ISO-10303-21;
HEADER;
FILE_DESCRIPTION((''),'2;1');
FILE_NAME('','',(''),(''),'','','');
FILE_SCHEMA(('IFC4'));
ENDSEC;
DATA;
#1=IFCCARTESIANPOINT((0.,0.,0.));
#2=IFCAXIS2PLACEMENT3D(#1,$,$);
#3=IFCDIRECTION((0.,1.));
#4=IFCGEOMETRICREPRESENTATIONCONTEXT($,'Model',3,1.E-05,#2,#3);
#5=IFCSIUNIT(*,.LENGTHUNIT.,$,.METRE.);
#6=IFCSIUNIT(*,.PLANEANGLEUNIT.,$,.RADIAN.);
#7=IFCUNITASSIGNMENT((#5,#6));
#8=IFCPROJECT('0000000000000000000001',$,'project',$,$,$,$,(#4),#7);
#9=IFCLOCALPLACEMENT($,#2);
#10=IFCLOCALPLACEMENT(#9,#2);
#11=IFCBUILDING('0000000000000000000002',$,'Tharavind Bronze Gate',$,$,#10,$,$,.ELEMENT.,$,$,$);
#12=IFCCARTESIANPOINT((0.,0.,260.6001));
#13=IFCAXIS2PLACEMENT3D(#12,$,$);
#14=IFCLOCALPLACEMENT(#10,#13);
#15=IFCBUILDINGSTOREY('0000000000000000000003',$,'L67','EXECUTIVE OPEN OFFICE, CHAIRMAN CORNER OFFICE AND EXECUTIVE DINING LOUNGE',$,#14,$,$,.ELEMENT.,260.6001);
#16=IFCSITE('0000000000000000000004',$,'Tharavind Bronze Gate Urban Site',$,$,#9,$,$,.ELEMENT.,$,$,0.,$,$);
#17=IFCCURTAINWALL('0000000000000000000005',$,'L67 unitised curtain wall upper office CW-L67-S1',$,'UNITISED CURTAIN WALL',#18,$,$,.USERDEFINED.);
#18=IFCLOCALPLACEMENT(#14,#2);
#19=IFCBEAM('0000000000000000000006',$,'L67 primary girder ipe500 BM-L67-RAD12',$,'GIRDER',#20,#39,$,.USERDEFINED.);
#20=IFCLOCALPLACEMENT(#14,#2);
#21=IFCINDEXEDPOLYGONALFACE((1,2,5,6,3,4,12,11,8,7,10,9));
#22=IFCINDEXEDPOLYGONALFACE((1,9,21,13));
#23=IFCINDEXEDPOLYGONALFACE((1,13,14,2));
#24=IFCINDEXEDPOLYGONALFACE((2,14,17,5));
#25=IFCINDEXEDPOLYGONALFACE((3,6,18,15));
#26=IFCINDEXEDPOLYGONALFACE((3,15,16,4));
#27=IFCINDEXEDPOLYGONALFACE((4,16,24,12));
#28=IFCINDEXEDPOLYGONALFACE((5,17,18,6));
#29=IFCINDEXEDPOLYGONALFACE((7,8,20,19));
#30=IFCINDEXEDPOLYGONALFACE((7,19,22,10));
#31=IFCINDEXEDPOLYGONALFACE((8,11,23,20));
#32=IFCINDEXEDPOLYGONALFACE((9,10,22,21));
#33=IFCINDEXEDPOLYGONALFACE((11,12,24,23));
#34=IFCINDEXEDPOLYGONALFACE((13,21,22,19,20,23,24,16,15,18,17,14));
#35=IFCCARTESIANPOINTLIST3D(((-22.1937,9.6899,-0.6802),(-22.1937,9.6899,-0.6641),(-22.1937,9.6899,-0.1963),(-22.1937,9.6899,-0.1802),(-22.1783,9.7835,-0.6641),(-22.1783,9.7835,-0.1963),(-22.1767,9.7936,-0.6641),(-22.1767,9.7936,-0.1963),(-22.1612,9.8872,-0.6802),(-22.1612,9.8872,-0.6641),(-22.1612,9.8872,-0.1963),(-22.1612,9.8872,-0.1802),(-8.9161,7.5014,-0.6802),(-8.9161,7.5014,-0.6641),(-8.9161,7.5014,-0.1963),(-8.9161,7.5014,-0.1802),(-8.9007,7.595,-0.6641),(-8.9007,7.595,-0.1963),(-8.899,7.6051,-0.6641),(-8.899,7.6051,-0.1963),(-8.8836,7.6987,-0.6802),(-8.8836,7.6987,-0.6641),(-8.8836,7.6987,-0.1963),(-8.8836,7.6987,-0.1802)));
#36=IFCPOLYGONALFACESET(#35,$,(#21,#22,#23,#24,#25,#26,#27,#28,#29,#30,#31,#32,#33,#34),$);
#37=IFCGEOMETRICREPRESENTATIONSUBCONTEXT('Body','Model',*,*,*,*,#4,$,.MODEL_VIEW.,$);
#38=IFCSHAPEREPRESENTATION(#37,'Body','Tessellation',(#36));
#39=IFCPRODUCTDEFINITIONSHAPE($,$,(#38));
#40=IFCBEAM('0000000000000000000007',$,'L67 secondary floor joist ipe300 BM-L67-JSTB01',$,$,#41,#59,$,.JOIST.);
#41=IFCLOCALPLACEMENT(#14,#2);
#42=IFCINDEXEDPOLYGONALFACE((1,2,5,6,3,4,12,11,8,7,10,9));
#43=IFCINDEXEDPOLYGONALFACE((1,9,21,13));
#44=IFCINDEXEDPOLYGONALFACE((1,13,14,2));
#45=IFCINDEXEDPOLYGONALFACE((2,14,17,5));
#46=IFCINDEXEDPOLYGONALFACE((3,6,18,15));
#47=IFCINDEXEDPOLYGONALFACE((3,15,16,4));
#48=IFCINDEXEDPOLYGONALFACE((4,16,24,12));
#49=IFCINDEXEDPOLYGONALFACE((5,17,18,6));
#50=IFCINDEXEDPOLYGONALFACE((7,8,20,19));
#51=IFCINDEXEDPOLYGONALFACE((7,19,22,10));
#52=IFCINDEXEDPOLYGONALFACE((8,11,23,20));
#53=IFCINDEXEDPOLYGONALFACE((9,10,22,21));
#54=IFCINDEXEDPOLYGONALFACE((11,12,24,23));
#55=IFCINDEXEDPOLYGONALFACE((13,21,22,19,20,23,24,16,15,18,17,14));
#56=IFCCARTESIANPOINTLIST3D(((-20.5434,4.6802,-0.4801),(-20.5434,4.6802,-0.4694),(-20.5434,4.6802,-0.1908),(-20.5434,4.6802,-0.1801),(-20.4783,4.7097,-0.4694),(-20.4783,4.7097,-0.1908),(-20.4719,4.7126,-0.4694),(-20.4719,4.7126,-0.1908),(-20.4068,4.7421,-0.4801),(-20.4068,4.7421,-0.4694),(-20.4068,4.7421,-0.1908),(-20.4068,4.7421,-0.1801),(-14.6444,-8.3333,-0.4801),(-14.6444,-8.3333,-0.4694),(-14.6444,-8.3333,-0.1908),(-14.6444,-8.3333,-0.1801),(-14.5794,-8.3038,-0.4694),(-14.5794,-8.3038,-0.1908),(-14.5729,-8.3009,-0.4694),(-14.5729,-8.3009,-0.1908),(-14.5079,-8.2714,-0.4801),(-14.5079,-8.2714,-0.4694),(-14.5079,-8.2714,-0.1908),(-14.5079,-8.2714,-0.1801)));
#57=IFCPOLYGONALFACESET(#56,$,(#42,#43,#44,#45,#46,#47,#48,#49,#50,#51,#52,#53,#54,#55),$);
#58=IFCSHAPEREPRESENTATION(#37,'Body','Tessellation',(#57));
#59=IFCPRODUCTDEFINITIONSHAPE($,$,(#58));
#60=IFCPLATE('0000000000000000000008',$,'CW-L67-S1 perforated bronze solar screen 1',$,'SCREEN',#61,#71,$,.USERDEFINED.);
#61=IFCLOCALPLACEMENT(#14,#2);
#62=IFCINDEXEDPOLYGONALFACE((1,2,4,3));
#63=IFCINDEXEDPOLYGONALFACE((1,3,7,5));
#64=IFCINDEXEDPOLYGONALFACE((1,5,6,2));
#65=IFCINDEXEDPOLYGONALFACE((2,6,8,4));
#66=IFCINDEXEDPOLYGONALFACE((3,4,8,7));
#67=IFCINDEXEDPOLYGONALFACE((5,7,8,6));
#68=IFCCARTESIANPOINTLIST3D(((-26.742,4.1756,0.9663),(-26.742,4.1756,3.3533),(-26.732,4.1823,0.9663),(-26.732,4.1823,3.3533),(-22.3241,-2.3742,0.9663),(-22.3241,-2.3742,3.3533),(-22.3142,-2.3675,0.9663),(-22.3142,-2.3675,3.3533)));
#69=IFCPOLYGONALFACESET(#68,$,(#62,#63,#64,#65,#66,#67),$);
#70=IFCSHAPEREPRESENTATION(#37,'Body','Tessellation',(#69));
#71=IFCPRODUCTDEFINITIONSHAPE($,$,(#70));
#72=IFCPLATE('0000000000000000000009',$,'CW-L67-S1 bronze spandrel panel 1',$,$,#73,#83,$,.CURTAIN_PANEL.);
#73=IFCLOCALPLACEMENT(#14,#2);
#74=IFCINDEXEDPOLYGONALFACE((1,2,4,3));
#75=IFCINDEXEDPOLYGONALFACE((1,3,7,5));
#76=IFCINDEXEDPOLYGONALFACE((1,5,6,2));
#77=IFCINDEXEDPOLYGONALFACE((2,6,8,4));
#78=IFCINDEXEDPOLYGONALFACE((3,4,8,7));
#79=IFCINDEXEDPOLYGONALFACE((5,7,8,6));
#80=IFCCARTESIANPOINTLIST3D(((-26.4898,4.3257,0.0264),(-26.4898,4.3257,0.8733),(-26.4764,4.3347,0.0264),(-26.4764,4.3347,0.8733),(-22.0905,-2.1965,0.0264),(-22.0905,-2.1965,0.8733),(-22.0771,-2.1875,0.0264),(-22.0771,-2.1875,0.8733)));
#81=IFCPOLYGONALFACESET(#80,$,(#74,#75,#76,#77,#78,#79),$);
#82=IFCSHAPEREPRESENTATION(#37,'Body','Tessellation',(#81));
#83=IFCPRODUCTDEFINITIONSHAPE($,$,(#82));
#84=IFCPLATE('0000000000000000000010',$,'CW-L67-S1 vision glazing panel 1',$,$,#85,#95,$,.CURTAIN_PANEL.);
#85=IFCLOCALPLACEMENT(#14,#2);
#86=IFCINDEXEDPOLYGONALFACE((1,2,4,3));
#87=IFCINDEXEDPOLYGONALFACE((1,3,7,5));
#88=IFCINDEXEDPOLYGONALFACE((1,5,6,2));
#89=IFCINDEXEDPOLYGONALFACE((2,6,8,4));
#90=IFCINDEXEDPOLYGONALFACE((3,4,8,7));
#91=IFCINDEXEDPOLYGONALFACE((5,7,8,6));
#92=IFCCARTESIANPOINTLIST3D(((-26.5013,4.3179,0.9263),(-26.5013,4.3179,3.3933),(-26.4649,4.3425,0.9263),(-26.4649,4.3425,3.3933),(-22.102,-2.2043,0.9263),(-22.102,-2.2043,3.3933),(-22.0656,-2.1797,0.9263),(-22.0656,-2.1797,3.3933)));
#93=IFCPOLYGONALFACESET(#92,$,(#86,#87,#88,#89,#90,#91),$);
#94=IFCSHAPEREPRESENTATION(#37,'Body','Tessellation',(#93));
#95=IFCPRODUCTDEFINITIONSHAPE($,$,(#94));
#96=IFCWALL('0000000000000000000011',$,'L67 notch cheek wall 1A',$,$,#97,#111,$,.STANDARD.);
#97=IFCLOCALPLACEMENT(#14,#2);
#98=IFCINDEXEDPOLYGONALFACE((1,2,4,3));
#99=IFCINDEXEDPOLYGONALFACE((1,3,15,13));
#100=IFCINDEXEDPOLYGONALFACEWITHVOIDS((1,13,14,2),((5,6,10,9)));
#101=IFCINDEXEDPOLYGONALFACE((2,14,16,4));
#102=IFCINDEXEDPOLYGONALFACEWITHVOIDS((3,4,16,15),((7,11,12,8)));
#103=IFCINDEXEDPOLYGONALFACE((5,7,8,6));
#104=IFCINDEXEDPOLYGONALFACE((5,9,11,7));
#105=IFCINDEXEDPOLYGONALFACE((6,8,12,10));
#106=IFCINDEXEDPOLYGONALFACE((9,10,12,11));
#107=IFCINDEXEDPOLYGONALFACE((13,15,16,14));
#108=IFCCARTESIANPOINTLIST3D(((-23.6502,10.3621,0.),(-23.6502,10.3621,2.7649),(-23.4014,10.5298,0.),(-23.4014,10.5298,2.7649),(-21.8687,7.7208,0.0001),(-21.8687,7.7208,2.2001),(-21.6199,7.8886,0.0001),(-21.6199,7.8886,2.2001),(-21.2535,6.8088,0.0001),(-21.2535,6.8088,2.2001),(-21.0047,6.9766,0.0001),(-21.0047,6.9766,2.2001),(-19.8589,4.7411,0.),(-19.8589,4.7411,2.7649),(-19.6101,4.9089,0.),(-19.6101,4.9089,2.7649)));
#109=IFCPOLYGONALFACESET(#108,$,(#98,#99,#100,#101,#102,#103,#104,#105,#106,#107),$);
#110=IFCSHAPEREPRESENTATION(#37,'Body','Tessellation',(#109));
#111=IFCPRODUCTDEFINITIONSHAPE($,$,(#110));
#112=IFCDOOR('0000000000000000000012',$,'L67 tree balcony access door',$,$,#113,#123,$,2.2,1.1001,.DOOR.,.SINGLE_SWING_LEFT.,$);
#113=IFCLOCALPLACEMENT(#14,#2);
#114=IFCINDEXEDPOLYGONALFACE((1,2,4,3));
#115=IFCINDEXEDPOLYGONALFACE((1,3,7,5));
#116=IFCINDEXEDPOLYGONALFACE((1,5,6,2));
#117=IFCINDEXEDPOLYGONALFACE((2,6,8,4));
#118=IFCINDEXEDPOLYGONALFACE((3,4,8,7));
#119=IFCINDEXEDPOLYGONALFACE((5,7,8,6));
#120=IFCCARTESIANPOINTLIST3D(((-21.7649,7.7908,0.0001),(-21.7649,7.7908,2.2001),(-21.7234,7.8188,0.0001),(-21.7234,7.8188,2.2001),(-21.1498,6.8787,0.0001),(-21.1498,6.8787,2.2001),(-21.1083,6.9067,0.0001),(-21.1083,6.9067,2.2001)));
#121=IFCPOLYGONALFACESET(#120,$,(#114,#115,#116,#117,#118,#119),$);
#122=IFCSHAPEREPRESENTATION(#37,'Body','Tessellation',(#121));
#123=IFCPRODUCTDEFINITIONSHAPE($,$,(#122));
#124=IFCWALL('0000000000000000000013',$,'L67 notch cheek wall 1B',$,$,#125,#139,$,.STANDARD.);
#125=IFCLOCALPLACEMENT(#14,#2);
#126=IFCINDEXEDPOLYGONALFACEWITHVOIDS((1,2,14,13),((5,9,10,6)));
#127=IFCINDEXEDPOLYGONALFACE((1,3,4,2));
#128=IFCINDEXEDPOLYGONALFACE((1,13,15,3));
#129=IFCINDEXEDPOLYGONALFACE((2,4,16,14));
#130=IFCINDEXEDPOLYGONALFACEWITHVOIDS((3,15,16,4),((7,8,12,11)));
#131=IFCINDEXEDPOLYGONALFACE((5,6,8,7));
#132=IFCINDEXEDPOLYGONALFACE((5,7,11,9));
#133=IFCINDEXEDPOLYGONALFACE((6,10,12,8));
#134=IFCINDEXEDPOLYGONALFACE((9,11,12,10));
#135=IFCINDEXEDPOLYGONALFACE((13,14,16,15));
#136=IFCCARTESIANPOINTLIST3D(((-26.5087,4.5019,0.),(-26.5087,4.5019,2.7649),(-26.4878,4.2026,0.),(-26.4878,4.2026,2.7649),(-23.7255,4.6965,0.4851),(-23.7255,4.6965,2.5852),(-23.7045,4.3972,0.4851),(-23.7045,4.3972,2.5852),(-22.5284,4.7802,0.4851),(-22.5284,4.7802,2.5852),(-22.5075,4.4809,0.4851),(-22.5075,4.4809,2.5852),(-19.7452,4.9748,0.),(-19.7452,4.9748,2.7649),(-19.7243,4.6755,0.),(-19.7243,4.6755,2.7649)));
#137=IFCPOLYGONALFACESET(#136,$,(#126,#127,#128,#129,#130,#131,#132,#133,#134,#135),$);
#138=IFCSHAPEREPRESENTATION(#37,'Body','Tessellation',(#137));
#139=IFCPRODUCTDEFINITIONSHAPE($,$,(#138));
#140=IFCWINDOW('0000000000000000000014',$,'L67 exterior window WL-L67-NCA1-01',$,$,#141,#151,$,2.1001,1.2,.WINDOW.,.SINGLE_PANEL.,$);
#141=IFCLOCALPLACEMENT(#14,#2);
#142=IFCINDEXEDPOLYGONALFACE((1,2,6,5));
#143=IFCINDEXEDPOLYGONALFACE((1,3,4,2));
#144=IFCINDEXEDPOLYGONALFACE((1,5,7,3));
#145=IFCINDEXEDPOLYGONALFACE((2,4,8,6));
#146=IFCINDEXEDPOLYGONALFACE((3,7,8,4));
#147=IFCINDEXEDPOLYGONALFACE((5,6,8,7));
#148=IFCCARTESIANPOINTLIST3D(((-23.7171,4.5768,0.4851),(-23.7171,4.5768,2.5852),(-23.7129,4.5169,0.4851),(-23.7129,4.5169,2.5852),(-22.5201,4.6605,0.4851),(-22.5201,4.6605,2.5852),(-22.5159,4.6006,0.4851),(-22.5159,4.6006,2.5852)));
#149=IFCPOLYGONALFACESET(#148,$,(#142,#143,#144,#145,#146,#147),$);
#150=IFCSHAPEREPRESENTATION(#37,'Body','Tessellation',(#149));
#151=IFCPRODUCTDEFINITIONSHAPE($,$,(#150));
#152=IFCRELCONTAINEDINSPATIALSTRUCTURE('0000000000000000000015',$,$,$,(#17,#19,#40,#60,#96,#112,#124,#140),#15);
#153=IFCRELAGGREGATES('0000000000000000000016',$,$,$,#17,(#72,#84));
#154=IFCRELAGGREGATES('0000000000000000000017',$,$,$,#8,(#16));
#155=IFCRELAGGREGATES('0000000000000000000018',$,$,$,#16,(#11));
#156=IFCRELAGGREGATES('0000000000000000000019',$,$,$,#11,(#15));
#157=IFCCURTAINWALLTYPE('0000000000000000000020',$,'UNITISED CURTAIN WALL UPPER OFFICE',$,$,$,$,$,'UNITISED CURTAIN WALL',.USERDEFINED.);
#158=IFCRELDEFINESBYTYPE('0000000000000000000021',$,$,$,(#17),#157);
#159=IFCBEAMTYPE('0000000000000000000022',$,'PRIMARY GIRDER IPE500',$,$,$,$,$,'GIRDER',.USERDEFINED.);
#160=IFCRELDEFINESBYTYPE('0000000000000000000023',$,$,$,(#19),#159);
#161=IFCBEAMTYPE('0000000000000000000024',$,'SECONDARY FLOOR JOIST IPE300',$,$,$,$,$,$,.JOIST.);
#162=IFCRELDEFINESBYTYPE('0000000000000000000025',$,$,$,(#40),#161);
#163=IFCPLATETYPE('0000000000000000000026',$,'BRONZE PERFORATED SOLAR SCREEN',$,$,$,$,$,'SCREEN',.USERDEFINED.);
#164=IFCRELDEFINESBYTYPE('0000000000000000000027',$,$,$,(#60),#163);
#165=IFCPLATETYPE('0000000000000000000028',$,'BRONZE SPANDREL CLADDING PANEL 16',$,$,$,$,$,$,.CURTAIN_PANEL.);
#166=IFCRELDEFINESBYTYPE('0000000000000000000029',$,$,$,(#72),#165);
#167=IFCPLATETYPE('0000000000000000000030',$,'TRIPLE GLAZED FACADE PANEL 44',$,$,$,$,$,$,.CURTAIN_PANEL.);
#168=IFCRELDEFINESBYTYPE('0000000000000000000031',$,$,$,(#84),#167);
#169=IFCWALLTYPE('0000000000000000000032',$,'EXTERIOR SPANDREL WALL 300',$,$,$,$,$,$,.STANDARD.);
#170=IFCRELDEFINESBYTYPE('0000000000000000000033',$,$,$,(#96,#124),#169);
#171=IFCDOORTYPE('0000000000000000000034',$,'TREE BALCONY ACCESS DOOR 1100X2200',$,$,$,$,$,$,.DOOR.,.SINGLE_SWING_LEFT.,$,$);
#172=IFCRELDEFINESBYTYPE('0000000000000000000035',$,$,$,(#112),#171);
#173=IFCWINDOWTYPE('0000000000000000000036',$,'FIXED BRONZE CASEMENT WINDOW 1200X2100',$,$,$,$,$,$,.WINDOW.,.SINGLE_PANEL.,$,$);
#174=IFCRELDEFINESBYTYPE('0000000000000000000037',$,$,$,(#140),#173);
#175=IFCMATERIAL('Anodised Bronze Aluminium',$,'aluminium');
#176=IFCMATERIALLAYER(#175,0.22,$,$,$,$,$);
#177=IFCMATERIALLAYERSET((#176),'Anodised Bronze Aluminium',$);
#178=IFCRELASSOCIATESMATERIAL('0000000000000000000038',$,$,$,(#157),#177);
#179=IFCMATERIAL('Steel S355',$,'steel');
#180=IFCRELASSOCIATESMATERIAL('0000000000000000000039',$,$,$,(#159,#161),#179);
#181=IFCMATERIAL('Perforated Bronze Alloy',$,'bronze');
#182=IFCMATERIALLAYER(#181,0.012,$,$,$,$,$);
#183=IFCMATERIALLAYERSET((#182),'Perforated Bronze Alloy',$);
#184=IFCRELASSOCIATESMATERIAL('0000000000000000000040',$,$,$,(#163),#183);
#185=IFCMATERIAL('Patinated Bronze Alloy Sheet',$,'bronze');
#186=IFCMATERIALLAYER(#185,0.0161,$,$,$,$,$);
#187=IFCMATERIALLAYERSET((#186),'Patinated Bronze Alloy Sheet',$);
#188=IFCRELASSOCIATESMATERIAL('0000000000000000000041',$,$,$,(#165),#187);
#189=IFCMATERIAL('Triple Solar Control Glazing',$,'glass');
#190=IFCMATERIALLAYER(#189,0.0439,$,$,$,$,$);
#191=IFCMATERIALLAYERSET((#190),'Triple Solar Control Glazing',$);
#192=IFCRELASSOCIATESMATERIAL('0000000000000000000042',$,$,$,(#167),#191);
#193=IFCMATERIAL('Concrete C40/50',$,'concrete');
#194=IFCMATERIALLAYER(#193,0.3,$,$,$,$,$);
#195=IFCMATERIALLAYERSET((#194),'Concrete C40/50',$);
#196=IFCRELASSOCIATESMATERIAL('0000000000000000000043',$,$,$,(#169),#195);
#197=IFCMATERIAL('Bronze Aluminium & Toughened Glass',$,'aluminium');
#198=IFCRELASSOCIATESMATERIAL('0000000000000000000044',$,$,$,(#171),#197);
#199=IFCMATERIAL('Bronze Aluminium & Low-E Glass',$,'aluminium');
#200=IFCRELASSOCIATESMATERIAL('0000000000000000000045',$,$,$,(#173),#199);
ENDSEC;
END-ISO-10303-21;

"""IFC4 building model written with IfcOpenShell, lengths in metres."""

from ifc_helpers import new_model, si_unit, direction, frame, frame_2d, origin, origin_2d, place, context, subcontext, project, spatial, rectangle, i_section, extrude, material, layer, layer_set, material_profile, profile_set, type_object, element, fill, aggregate, save


model = new_model("IFC4")

# Units and contexts
model_context = context("Model", 3, precision=1e-05, world=origin(), true_north=direction((0.0, 1.0)))
body_context = subcontext(model_context, "Body", "Model", "MODEL_VIEW")
ifc_project = project(units=[si_unit("LENGTHUNIT", "METRE"), si_unit("PLANEANGLEUNIT", "RADIAN")], contexts=[model_context])

# Site, building, storey
site_placement = place(None, origin())
site = spatial("IfcSite", under=ifc_project, at=site_placement, Name="Tharavind Bronze Gate Urban Site", CompositionType="ELEMENT", RefElevation=0.0)
building_placement = place(site_placement, origin())
building = spatial("IfcBuilding", under=site, at=building_placement, Name="Tharavind Bronze Gate", CompositionType="ELEMENT")
storey_placement = place(building_placement, frame((0.0, 0.0, 260.6001)))
storey = spatial("IfcBuildingStorey", under=building, at=storey_placement, Name="L67", Description="EXECUTIVE OPEN OFFICE, CHAIRMAN CORNER OFFICE AND EXECUTIVE DINING LOUNGE", CompositionType="ELEMENT", Elevation=260.6001)

# Curtain wall
ifc_material_1 = material(Name="Anodised Bronze Aluminium", Category="aluminium")
ifc_layer_1 = layer(ifc_material_1, 0.22)
ifc_layer_set_1 = layer_set([ifc_layer_1], Name="Anodised Bronze Aluminium")
curtain_wall_type = type_object("IfcCurtainWallType", Name="UNITISED CURTAIN WALL UPPER OFFICE", ElementType="UNITISED CURTAIN WALL", PredefinedType="USERDEFINED", material=ifc_layer_set_1)
curtain_wall_1_placement = place(storey_placement, origin())
curtain_wall_1 = element("IfcCurtainWall", 1, at=curtain_wall_1_placement, inside=storey, type_object=curtain_wall_type, Name="L67 unitised curtain wall upper office CW-L67-S1", ObjectType="UNITISED CURTAIN WALL", PredefinedType="USERDEFINED")

# Beams
ifc_material_2 = material(Name="Steel S355", Category="steel")
ifc_material_profile_1 = material_profile(ifc_material_2, i_section(OverallWidth=0.2, OverallDepth=0.5, WebThickness=0.0103, FlangeThickness=0.0161, at=origin_2d()), Name="IPE500")
ifc_profile_set_1 = profile_set([ifc_material_profile_1], Name="Steel S355")
beam_type_1 = type_object("IfcBeamType", Name="PRIMARY GIRDER IPE500", ElementType="GIRDER", PredefinedType="USERDEFINED", material=ifc_profile_set_1)
beam_1_placement = place(storey_placement, frame((-22.1775, 9.7886, -0.4302), z_axis=(0.986687, -0.162631, 0.0), x_axis=(0.162631, 0.986687, 0.0)))
element("IfcBeam", 2, at=beam_1_placement, inside=storey, type_object=beam_type_1, Name="L67 primary girder ipe500 BM-L67-RAD12", ObjectType="GIRDER", PredefinedType="USERDEFINED", context=body_context, shape_type="SweptSolid", body=[
    extrude(i_section(OverallWidth=0.2, OverallDepth=0.5, WebThickness=0.0103, FlangeThickness=0.0161, at=origin_2d()), origin(), (0.0, 0.0, 1.0), 13.4568),
])
ifc_material_profile_2 = material_profile(ifc_material_2, i_section(OverallWidth=0.1499, OverallDepth=0.3, WebThickness=0.0071, FlangeThickness=0.0107, at=origin_2d()), Name="IPE300")
ifc_profile_set_2 = profile_set([ifc_material_profile_2], Name="Steel S355")
beam_type_2 = type_object("IfcBeamType", Name="SECONDARY FLOOR JOIST IPE300", PredefinedType="JOIST", material=ifc_profile_set_2)
beam_2_placement = place(storey_placement, frame((-20.4751, 4.7112, -0.3301), z_axis=(0.412859, -0.910795, 0.0), x_axis=(0.910795, 0.412859, 0.0)))
element("IfcBeam", 3, at=beam_2_placement, inside=storey, type_object=beam_type_2, Name="L67 secondary floor joist ipe300 BM-L67-JSTB01", PredefinedType="JOIST", context=body_context, shape_type="SweptSolid", body=[
    extrude(i_section(OverallWidth=0.1499, OverallDepth=0.3, WebThickness=0.0071, FlangeThickness=0.0107, at=origin_2d()), origin(), (0.0, 0.0, 1.0), 14.2881),
])

# Plates
ifc_material_3 = material(Name="Perforated Bronze Alloy", Category="bronze")
ifc_layer_2 = layer(ifc_material_3, 0.012)
ifc_layer_set_2 = layer_set([ifc_layer_2], Name="Perforated Bronze Alloy")
plate_type_1 = type_object("IfcPlateType", Name="BRONZE PERFORATED SOLAR SCREEN", ElementType="SCREEN", PredefinedType="USERDEFINED", material=ifc_layer_set_2)
plate_1_placement = place(storey_placement, frame((-24.5281, 0.9041, 0.9663), z_axis=(0.0, 0.0, 1.0), x_axis=(0.559191, -0.829039, 0.0)))
element("IfcPlate", 4, at=plate_1_placement, inside=storey, type_object=plate_type_1, Name="CW-L67-S1 perforated bronze solar screen 1", ObjectType="SCREEN", PredefinedType="USERDEFINED", context=body_context, shape_type="SweptSolid", body=[
    extrude(rectangle(XDim=7.9004, YDim=0.012, at=origin_2d()), origin(), (0.0, 0.0, 1.0), 2.387),
])
ifc_material_4 = material(Name="Patinated Bronze Alloy Sheet", Category="bronze")
ifc_layer_3 = layer(ifc_material_4, 0.0161)
ifc_layer_set_3 = layer_set([ifc_layer_3], Name="Patinated Bronze Alloy Sheet")
plate_type_2 = type_object("IfcPlateType", Name="BRONZE SPANDREL CLADDING PANEL 16", PredefinedType="CURTAIN_PANEL", material=ifc_layer_set_3)
plate_2_placement = place(storey_placement, frame((-24.2834, 1.0691, 0.0264), z_axis=(0.0, 0.0, 1.0), x_axis=(0.559191, -0.829039, 0.0)))
plate_2 = element("IfcPlate", 5, at=plate_2_placement, type_object=plate_type_2, Name="CW-L67-S1 bronze spandrel panel 1", PredefinedType="CURTAIN_PANEL", context=body_context, shape_type="SweptSolid", body=[
    extrude(rectangle(XDim=7.8672, YDim=0.0161, at=origin_2d()), origin(), (0.0, 0.0, 1.0), 0.8469),
])
ifc_material_5 = material(Name="Triple Solar Control Glazing", Category="glass")
ifc_layer_4 = layer(ifc_material_5, 0.0439)
ifc_layer_set_4 = layer_set([ifc_layer_4], Name="Triple Solar Control Glazing")
plate_type_3 = type_object("IfcPlateType", Name="TRIPLE GLAZED FACADE PANEL 44", PredefinedType="CURTAIN_PANEL", material=ifc_layer_set_4)
plate_3_placement = place(storey_placement, frame((-24.2834, 1.0691, 0.9263), z_axis=(0.0, 0.0, 1.0), x_axis=(0.559191, -0.829039, 0.0)))
plate_3 = element("IfcPlate", 6, at=plate_3_placement, type_object=plate_type_3, Name="CW-L67-S1 vision glazing panel 1", PredefinedType="CURTAIN_PANEL", context=body_context, shape_type="SweptSolid", body=[
    extrude(rectangle(XDim=7.8672, YDim=0.0439, at=origin_2d()), origin(), (0.0, 0.0, 1.0), 2.467),
])
aggregate(curtain_wall_1, [plate_2, plate_3])

# Wall, opening, door
ifc_material_6 = material(Name="Concrete C40/50", Category="concrete")
ifc_layer_5 = layer(ifc_material_6, 0.3)
ifc_layer_set_5 = layer_set([ifc_layer_5], Name="Concrete C40/50")
wall_type = type_object("IfcWallType", Name="EXTERIOR SPANDREL WALL 300", PredefinedType="STANDARD", material=ifc_layer_set_5)
wall_1_placement = place(storey_placement, frame((-23.5259, 10.446, 0.0), z_axis=(0.0, 0.0, 1.0), x_axis=(0.559188, -0.829041, 0.0)))
wall_1 = element("IfcWall", 7, at=wall_1_placement, inside=storey, type_object=wall_type, Name="L67 notch cheek wall 1A", PredefinedType="STANDARD", context=body_context, shape_type="SweptSolid", body=[
    extrude(rectangle(XDim=6.78, YDim=0.3, at=frame_2d((3.3901, 0.0))), origin(), (0.0, 0.0, 1.0), 2.7649),
])
opening_1_placement = place(wall_1_placement, frame((3.186, 0.0, 0.0)))
opening_1 = element("IfcOpeningElement", 8, at=opening_1_placement, cuts=wall_1, PredefinedType="OPENING", context=body_context, shape_type="SweptSolid", body=[
    extrude(rectangle(XDim=1.1001, YDim=2.2, at=frame_2d((0.55, 1.1001))), frame((0.0, 0.1599, 0.0), z_axis=(0.0, -1.0, 0.0), x_axis=(1.0, 0.0, 0.0)), (0.0, 0.0, 1.0), 0.32),
])
ifc_material_7 = material(Name="Bronze Aluminium & Toughened Glass", Category="aluminium")
door_type = type_object("IfcDoorType", Name="TREE BALCONY ACCESS DOOR 1100X2200", OperationType="SINGLE_SWING_LEFT", PredefinedType="DOOR", material=ifc_material_7)
door_placement = place(opening_1_placement, frame((1.1001, 0.0, 0.0), z_axis=(0.0, 0.0, 1.0), x_axis=(-1.0, 0.0, 0.0)))
door = element("IfcDoor", 9, at=door_placement, inside=storey, type_object=door_type, Name="L67 tree balcony access door", OperationType="SINGLE_SWING_LEFT", OverallHeight=2.2, OverallWidth=1.1001, PredefinedType="DOOR", context=body_context, shape_type="SweptSolid", body=[
    extrude(rectangle(XDim=1.1001, YDim=2.2, at=frame_2d((0.55, 1.1001))), frame((0.0, 0.0249, 0.0), z_axis=(0.0, -1.0, 0.0), x_axis=(1.0, 0.0, 0.0)), (0.0, 0.0, 1.0), 0.05),
])
fill(opening_1, door)

# Wall, opening, window
wall_2_placement = place(storey_placement, frame((-19.7346, 4.8252, 0.0), z_axis=(0.0, 0.0, 1.0), x_axis=(-0.997565, -0.06975, 0.0)))
wall_2 = element("IfcWall", 10, at=wall_2_placement, inside=storey, type_object=wall_type, Name="L67 notch cheek wall 1B", PredefinedType="STANDARD", context=body_context, shape_type="SweptSolid", body=[
    extrude(rectangle(XDim=6.78, YDim=0.3, at=frame_2d((3.3901, 0.0))), origin(), (0.0, 0.0, 1.0), 2.7649),
])
opening_2_placement = place(wall_2_placement, frame((2.79, 0.0, 0.4851)))
opening_2 = element("IfcOpeningElement", 11, at=opening_2_placement, cuts=wall_2, PredefinedType="OPENING", context=body_context, shape_type="SweptSolid", body=[
    extrude(rectangle(XDim=1.2, YDim=2.1001, at=frame_2d((0.6001, 1.05))), frame((0.0, 0.1599, 0.0), z_axis=(0.0, -1.0, 0.0), x_axis=(1.0, 0.0, 0.0)), (0.0, 0.0, 1.0), 0.32),
])
ifc_material_8 = material(Name="Bronze Aluminium & Low-E Glass", Category="aluminium")
window_type = type_object("IfcWindowType", Name="FIXED BRONZE CASEMENT WINDOW 1200X2100", PartitioningType="SINGLE_PANEL", PredefinedType="WINDOW", material=ifc_material_8)
window_placement = place(opening_2_placement, origin())
window = element("IfcWindow", 12, at=window_placement, inside=storey, type_object=window_type, Name="L67 exterior window WL-L67-NCA1-01", OverallHeight=2.1001, OverallWidth=1.2, PartitioningType="SINGLE_PANEL", PredefinedType="WINDOW", context=body_context, shape_type="SweptSolid", body=[
    extrude(rectangle(XDim=1.2, YDim=2.1001, at=frame_2d((0.6001, 1.05))), frame((0.0, 0.03, 0.0), z_axis=(0.0, -1.0, 0.0), x_axis=(1.0, 0.0, 0.0)), (0.0, 0.0, 1.0), 0.0601),
])
fill(opening_2, window)

save(model, "model.ifc")
